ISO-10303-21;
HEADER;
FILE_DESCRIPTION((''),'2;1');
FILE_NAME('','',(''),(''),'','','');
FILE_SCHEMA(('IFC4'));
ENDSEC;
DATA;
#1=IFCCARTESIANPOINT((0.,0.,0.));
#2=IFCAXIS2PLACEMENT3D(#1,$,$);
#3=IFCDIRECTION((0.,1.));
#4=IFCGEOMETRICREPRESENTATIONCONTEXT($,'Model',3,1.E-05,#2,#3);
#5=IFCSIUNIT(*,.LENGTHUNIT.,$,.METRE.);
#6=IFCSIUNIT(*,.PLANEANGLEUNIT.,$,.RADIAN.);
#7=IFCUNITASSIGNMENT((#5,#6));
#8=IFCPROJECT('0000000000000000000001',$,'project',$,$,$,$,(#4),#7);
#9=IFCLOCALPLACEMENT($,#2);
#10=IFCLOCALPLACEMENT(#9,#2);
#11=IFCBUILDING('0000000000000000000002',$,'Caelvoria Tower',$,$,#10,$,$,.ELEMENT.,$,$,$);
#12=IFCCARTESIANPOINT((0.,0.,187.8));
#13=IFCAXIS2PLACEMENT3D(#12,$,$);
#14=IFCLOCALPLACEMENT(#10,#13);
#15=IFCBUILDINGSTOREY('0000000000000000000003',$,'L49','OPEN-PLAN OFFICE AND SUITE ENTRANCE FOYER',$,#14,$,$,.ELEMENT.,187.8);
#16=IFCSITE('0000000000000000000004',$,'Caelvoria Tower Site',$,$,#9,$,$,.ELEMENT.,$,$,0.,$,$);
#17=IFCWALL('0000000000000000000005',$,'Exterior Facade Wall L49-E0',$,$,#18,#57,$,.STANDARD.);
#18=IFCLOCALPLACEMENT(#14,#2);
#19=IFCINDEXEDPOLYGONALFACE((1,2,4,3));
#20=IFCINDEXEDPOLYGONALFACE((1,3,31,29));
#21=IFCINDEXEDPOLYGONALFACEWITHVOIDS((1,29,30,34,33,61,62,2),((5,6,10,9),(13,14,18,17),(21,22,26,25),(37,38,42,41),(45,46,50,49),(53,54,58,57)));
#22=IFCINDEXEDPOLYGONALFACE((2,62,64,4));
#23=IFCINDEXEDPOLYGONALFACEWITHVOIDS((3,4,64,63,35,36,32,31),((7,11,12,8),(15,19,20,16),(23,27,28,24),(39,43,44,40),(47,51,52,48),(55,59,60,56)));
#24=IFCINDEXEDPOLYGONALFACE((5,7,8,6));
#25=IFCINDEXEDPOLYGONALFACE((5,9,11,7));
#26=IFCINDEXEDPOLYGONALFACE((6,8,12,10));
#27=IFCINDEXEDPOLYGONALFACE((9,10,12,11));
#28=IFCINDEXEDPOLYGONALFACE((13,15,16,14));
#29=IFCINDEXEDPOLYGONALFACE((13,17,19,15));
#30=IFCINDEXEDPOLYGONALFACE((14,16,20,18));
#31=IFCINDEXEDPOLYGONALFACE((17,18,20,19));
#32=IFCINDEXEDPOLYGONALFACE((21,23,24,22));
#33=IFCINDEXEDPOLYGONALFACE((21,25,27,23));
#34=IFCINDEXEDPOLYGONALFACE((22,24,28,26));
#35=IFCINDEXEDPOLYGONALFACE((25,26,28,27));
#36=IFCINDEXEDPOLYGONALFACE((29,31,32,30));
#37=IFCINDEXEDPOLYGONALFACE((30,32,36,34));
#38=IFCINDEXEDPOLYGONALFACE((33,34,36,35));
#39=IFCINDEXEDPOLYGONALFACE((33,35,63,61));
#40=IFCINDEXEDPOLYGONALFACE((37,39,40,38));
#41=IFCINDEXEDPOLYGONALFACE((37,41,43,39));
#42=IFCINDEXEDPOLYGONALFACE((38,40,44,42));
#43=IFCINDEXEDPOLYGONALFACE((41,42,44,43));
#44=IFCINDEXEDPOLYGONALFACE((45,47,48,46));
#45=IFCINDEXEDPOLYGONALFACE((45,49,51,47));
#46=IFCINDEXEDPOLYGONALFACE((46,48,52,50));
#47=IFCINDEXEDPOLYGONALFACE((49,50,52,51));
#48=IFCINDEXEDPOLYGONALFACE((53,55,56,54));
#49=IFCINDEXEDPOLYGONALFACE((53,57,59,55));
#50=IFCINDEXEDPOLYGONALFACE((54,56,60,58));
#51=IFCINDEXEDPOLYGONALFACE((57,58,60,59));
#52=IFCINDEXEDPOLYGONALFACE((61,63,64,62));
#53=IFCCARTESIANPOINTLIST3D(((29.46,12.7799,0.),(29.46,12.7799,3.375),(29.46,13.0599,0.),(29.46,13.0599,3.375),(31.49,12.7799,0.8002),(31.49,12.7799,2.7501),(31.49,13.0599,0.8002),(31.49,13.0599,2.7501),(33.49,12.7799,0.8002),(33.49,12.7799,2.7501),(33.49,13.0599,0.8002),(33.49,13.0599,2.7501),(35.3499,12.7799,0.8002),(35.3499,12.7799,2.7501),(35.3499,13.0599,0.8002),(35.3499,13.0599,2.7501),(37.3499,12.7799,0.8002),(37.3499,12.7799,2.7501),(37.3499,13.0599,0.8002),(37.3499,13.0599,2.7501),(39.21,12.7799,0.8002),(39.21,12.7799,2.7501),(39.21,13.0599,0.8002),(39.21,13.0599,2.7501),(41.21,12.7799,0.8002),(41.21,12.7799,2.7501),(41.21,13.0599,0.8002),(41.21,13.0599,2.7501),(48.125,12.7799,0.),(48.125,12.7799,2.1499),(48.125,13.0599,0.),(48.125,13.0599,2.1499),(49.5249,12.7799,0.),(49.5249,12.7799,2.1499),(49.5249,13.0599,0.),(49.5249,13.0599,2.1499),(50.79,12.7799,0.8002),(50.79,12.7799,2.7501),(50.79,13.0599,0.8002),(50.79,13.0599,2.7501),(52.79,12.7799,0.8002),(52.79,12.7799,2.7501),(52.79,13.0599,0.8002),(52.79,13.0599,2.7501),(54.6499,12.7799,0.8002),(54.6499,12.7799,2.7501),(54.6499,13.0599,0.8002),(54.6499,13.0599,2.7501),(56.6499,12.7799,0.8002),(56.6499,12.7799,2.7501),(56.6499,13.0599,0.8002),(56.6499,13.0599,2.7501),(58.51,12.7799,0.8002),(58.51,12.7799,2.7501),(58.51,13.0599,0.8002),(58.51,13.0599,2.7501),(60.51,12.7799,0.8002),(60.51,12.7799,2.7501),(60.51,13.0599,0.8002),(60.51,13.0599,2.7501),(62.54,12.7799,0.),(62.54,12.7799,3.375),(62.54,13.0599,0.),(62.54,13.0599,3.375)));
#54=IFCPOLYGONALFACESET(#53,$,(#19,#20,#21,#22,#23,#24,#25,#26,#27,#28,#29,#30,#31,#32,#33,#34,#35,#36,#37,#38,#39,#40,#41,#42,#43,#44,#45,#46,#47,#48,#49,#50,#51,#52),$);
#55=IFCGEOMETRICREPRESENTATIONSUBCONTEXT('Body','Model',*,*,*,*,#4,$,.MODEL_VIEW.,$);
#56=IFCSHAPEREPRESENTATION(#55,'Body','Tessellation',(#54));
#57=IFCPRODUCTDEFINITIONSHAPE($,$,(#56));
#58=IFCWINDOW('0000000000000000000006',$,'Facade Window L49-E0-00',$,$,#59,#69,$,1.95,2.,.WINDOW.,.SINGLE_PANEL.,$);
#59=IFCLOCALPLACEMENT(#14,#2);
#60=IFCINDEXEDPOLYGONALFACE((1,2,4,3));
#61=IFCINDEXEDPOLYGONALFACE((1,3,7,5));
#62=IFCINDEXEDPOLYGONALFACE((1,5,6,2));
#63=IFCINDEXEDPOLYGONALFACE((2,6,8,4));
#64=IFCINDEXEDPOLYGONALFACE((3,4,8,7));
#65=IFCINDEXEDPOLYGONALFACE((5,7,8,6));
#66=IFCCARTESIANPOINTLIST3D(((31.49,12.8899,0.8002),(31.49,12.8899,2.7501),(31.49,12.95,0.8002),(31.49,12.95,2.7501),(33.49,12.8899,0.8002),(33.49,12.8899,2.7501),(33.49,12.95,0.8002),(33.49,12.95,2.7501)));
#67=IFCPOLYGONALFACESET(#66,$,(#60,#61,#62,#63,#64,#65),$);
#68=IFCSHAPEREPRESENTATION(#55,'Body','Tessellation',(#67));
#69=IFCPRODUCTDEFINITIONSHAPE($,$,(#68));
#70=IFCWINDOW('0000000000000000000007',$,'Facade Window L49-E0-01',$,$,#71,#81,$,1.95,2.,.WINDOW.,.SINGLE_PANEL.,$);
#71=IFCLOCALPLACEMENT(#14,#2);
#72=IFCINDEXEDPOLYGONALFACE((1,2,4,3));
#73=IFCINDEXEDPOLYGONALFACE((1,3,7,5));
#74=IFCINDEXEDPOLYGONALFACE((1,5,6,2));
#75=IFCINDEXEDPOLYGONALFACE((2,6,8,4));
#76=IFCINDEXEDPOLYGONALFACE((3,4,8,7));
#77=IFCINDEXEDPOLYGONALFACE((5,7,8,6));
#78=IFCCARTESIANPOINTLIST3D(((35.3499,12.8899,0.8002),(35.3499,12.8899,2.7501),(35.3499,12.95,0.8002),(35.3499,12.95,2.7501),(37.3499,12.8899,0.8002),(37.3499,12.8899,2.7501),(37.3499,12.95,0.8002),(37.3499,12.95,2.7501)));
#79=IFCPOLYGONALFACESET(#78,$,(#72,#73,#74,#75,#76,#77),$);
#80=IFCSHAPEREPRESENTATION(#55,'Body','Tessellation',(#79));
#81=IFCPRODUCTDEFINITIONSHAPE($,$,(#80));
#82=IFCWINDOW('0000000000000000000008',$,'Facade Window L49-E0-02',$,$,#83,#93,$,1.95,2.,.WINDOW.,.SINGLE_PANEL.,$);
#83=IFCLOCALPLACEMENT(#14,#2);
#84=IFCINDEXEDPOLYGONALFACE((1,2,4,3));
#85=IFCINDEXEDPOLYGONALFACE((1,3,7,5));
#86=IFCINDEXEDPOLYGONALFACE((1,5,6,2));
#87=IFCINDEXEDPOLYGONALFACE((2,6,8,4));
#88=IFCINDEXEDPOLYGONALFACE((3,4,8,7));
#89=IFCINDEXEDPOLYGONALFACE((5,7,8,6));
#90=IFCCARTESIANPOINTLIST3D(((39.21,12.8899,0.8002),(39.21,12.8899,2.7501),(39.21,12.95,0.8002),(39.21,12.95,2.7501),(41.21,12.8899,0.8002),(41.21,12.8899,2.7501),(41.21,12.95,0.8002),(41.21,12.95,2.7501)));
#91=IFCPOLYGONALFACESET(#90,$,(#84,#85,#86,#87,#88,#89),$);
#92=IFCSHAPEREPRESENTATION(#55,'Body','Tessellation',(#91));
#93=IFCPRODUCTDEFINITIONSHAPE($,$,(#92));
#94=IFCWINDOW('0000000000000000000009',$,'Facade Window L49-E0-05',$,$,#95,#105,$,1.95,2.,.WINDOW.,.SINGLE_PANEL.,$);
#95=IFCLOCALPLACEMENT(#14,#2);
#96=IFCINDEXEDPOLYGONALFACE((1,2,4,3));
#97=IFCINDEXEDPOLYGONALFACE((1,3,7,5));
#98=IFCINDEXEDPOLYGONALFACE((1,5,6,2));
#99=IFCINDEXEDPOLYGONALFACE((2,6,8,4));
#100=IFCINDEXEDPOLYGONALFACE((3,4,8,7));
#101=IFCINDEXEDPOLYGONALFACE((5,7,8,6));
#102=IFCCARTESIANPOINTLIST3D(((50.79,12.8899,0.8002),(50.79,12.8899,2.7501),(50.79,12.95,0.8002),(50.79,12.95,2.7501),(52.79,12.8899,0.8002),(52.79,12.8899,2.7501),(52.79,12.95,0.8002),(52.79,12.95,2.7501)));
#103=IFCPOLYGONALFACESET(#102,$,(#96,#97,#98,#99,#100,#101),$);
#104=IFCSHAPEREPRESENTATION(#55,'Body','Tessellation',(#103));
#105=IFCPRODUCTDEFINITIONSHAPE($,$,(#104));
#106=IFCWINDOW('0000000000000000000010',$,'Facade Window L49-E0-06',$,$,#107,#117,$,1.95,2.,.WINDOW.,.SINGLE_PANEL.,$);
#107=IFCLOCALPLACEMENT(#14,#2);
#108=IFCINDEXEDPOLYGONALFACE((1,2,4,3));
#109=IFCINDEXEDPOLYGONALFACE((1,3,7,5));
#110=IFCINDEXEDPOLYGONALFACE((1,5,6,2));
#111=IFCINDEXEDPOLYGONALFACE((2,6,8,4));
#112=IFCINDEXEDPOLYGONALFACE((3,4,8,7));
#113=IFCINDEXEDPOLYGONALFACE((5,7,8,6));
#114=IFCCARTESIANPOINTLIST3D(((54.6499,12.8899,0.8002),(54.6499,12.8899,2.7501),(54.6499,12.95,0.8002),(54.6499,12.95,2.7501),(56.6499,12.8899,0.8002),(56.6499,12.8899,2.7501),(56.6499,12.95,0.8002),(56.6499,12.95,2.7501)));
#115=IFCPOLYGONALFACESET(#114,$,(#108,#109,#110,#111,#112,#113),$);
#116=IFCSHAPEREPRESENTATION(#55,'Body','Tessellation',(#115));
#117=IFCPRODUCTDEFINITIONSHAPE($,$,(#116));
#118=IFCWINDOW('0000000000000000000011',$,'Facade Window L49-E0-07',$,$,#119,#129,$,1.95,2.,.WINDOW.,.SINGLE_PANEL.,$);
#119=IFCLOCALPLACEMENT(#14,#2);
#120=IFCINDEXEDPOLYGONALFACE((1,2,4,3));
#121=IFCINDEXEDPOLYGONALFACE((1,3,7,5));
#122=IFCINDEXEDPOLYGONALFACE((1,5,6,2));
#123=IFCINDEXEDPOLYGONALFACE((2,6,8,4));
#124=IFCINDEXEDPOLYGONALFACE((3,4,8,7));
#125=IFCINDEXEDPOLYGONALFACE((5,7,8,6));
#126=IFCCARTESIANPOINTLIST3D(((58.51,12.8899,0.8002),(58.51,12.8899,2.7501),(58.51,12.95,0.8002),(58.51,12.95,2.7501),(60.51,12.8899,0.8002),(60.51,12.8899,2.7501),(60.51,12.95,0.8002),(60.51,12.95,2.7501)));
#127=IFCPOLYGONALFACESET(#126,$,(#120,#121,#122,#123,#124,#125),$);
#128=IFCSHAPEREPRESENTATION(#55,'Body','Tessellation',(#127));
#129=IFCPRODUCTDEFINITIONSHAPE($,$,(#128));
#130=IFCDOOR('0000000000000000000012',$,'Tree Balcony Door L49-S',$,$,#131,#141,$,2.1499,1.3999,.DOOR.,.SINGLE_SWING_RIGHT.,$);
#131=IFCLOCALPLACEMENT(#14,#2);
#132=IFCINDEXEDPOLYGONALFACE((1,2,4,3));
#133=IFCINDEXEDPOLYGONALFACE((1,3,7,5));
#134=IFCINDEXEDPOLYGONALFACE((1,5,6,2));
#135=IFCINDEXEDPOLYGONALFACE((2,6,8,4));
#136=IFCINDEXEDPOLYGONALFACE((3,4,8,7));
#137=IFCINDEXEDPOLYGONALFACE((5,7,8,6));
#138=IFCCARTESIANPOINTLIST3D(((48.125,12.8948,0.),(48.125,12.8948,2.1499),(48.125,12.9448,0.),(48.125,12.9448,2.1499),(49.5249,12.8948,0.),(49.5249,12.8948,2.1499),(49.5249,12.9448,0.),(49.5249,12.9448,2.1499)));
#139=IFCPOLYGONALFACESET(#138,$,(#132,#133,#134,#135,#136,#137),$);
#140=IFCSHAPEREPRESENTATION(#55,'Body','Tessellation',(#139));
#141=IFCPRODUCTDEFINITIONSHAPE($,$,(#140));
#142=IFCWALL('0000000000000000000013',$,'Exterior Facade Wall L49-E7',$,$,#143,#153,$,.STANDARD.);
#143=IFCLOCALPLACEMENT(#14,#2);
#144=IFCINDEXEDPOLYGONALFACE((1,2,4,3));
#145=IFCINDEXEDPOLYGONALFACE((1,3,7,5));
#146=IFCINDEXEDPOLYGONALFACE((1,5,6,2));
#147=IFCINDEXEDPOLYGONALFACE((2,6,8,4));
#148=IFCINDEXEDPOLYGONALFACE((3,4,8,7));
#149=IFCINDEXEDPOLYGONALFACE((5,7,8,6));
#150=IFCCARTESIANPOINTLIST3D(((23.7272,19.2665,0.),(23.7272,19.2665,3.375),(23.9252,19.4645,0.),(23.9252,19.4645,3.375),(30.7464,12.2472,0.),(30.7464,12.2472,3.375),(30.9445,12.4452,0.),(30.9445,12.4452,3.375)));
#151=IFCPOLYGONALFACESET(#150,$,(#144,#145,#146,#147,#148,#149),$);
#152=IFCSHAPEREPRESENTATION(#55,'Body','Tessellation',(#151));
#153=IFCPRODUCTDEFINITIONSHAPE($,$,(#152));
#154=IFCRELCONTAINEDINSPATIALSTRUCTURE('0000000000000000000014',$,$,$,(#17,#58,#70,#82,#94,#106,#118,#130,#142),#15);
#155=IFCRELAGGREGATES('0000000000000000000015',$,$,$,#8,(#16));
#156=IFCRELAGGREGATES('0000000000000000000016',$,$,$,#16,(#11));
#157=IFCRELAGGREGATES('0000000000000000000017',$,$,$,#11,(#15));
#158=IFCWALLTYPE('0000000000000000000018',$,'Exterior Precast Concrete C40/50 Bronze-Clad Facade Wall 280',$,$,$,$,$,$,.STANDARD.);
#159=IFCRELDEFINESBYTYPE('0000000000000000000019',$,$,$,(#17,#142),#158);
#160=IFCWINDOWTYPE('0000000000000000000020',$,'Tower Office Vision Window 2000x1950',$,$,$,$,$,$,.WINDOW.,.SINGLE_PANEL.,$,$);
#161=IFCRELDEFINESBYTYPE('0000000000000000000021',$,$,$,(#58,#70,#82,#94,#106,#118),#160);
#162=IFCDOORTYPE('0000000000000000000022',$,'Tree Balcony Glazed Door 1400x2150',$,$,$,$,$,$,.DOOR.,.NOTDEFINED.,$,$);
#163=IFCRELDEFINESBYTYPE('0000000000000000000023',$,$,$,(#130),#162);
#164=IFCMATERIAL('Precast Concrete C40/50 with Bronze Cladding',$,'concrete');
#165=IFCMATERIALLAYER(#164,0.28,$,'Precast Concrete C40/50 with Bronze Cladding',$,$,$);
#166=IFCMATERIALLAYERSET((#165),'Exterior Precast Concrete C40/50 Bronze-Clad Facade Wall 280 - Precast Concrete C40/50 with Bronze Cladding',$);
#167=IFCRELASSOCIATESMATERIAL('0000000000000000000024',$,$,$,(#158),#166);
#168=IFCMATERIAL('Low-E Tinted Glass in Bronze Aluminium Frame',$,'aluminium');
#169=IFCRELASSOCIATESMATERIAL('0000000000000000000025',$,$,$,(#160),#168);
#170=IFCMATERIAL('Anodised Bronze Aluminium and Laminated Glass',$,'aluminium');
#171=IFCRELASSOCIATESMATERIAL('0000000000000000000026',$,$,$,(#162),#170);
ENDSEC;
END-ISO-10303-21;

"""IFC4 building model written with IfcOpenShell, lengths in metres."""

from ifc_helpers import new_model, si_unit, direction, frame, frame_2d, origin, place, context, subcontext, project, spatial, rectangle, extrude, material, layer, layer_set, type_object, element, fill, save


model = new_model("IFC4")

# Units and contexts
model_context = context("Model", 3, precision=1e-05, world=origin(), true_north=direction((0.0, 1.0)))
body_context = subcontext(model_context, "Body", "Model", "MODEL_VIEW")
ifc_project = project(units=[si_unit("LENGTHUNIT", "METRE"), si_unit("PLANEANGLEUNIT", "RADIAN")], contexts=[model_context])

# Site, building, storey
site_placement = place(None, origin())
site = spatial("IfcSite", under=ifc_project, at=site_placement, Name="Caelvoria Tower Site", CompositionType="ELEMENT", RefElevation=0.0)
building_placement = place(site_placement, origin())
building = spatial("IfcBuilding", under=site, at=building_placement, Name="Caelvoria Tower", CompositionType="ELEMENT")
storey_placement = place(building_placement, frame((0.0, 0.0, 187.8)))
storey = spatial("IfcBuildingStorey", under=building, at=storey_placement, Name="L49", Description="OPEN-PLAN OFFICE AND SUITE ENTRANCE FOYER", CompositionType="ELEMENT", Elevation=187.8)

# Wall, openings, windows, door
ifc_material_1 = material(Name="Precast Concrete C40/50 with Bronze Cladding", Category="concrete")
ifc_layer_1 = layer(ifc_material_1, 0.28, Name="Precast Concrete C40/50 with Bronze Cladding")
ifc_layer_set_1 = layer_set([ifc_layer_1], Name="Exterior Precast Concrete C40/50 Bronze-Clad Facade Wall 280 - Precast Concrete C40/50 with Bronze Cladding")
wall_type = type_object("IfcWallType", Name="Exterior Precast Concrete C40/50 Bronze-Clad Facade Wall 280", PredefinedType="STANDARD", material=ifc_layer_set_1)
wall_1_placement = place(storey_placement, frame((29.46, 12.9199, 0.0), z_axis=(0.0, 0.0, 1.0), x_axis=(1.0, 0.0, 0.0)))
wall_1 = element("IfcWall", 1, at=wall_1_placement, inside=storey, type_object=wall_type, Name="Exterior Facade Wall L49-E0", PredefinedType="STANDARD", context=body_context, shape_type="SweptSolid", body=[
    extrude(rectangle(XDim=33.0801, YDim=0.28, at=frame_2d((16.54, 0.0))), origin(), (0.0, 0.0, 1.0), 3.375),
])
opening_1_placement = place(wall_1_placement, frame((18.665, 0.0, 0.0)))
opening_1 = element("IfcOpeningElement", 2, at=opening_1_placement, cuts=wall_1, PredefinedType="OPENING", context=body_context, shape_type="SweptSolid", body=[
    extrude(rectangle(XDim=1.3999, YDim=2.1499, at=frame_2d((0.7, 1.075))), frame((0.0, 0.1499, 0.0), z_axis=(0.0, -1.0, 0.0), x_axis=(1.0, 0.0, 0.0)), (0.0, 0.0, 1.0), 0.3),
])
opening_2_placement = place(wall_1_placement, frame((2.03, 0.0, 0.8)))
opening_2 = element("IfcOpeningElement", 3, at=opening_2_placement, cuts=wall_1, PredefinedType="OPENING", context=body_context, shape_type="SweptSolid", body=[
    extrude(rectangle(XDim=2.0, YDim=1.95, at=frame_2d((1.0, 0.9751))), frame((0.0, 0.1499, 0.0), z_axis=(0.0, -1.0, 0.0), x_axis=(1.0, 0.0, 0.0)), (0.0, 0.0, 1.0), 0.3),
])
opening_3_placement = place(wall_1_placement, frame((5.8899, 0.0, 0.8)))
opening_3 = element("IfcOpeningElement", 4, at=opening_3_placement, cuts=wall_1, PredefinedType="OPENING", context=body_context, shape_type="SweptSolid", body=[
    extrude(rectangle(XDim=2.0, YDim=1.95, at=frame_2d((1.0, 0.9751))), frame((0.0, 0.1499, 0.0), z_axis=(0.0, -1.0, 0.0), x_axis=(1.0, 0.0, 0.0)), (0.0, 0.0, 1.0), 0.3),
])
opening_4_placement = place(wall_1_placement, frame((9.75, 0.0, 0.8)))
opening_4 = element("IfcOpeningElement", 5, at=opening_4_placement, cuts=wall_1, PredefinedType="OPENING", context=body_context, shape_type="SweptSolid", body=[
    extrude(rectangle(XDim=2.0, YDim=1.95, at=frame_2d((1.0, 0.9751))), frame((0.0, 0.1499, 0.0), z_axis=(0.0, -1.0, 0.0), x_axis=(1.0, 0.0, 0.0)), (0.0, 0.0, 1.0), 0.3),
])
opening_5_placement = place(wall_1_placement, frame((21.3301, 0.0, 0.8)))
opening_5 = element("IfcOpeningElement", 6, at=opening_5_placement, cuts=wall_1, PredefinedType="OPENING", context=body_context, shape_type="SweptSolid", body=[
    extrude(rectangle(XDim=2.0, YDim=1.95, at=frame_2d((1.0, 0.9751))), frame((0.0, 0.1499, 0.0), z_axis=(0.0, -1.0, 0.0), x_axis=(1.0, 0.0, 0.0)), (0.0, 0.0, 1.0), 0.3),
])
opening_6_placement = place(wall_1_placement, frame((25.1899, 0.0, 0.8)))
opening_6 = element("IfcOpeningElement", 7, at=opening_6_placement, cuts=wall_1, PredefinedType="OPENING", context=body_context, shape_type="SweptSolid", body=[
    extrude(rectangle(XDim=2.0, YDim=1.95, at=frame_2d((1.0, 0.9751))), frame((0.0, 0.1499, 0.0), z_axis=(0.0, -1.0, 0.0), x_axis=(1.0, 0.0, 0.0)), (0.0, 0.0, 1.0), 0.3),
])
opening_7_placement = place(wall_1_placement, frame((29.05, 0.0, 0.8)))
opening_7 = element("IfcOpeningElement", 8, at=opening_7_placement, cuts=wall_1, PredefinedType="OPENING", context=body_context, shape_type="SweptSolid", body=[
    extrude(rectangle(XDim=2.0, YDim=1.95, at=frame_2d((1.0, 0.9751))), frame((0.0, 0.1499, 0.0), z_axis=(0.0, -1.0, 0.0), x_axis=(1.0, 0.0, 0.0)), (0.0, 0.0, 1.0), 0.3),
])
ifc_material_2 = material(Name="Low-E Tinted Glass in Bronze Aluminium Frame", Category="aluminium")
window_type = type_object("IfcWindowType", Name="Tower Office Vision Window 2000x1950", PartitioningType="SINGLE_PANEL", PredefinedType="WINDOW", material=ifc_material_2)
window_1_placement = place(opening_2_placement, origin())
window_1 = element("IfcWindow", 9, at=window_1_placement, inside=storey, type_object=window_type, Name="Facade Window L49-E0-00", OverallHeight=1.95, OverallWidth=2.0, PartitioningType="SINGLE_PANEL", PredefinedType="WINDOW", context=body_context, shape_type="SweptSolid", body=[
    extrude(rectangle(XDim=2.0, YDim=1.95, at=frame_2d((1.0, 0.9751))), frame((0.0, 0.03, 0.0), z_axis=(0.0, -1.0, 0.0), x_axis=(1.0, 0.0, 0.0)), (0.0, 0.0, 1.0), 0.0601),
])
fill(opening_2, window_1)
window_2_placement = place(opening_3_placement, origin())
window_2 = element("IfcWindow", 10, at=window_2_placement, inside=storey, type_object=window_type, Name="Facade Window L49-E0-01", OverallHeight=1.95, OverallWidth=2.0, PartitioningType="SINGLE_PANEL", PredefinedType="WINDOW", context=body_context, shape_type="SweptSolid", body=[
    extrude(rectangle(XDim=2.0, YDim=1.95, at=frame_2d((1.0, 0.9751))), frame((0.0, 0.03, 0.0), z_axis=(0.0, -1.0, 0.0), x_axis=(1.0, 0.0, 0.0)), (0.0, 0.0, 1.0), 0.0601),
])
fill(opening_3, window_2)
window_3_placement = place(opening_4_placement, origin())
window_3 = element("IfcWindow", 11, at=window_3_placement, inside=storey, type_object=window_type, Name="Facade Window L49-E0-02", OverallHeight=1.95, OverallWidth=2.0, PartitioningType="SINGLE_PANEL", PredefinedType="WINDOW", context=body_context, shape_type="SweptSolid", body=[
    extrude(rectangle(XDim=2.0, YDim=1.95, at=frame_2d((1.0, 0.9751))), frame((0.0, 0.03, 0.0), z_axis=(0.0, -1.0, 0.0), x_axis=(1.0, 0.0, 0.0)), (0.0, 0.0, 1.0), 0.0601),
])
fill(opening_4, window_3)
window_4_placement = place(opening_5_placement, origin())
window_4 = element("IfcWindow", 12, at=window_4_placement, inside=storey, type_object=window_type, Name="Facade Window L49-E0-05", OverallHeight=1.95, OverallWidth=2.0, PartitioningType="SINGLE_PANEL", PredefinedType="WINDOW", context=body_context, shape_type="SweptSolid", body=[
    extrude(rectangle(XDim=2.0, YDim=1.95, at=frame_2d((1.0, 0.9751))), frame((0.0, 0.03, 0.0), z_axis=(0.0, -1.0, 0.0), x_axis=(1.0, 0.0, 0.0)), (0.0, 0.0, 1.0), 0.0601),
])
fill(opening_5, window_4)
window_5_placement = place(opening_6_placement, origin())
window_5 = element("IfcWindow", 13, at=window_5_placement, inside=storey, type_object=window_type, Name="Facade Window L49-E0-06", OverallHeight=1.95, OverallWidth=2.0, PartitioningType="SINGLE_PANEL", PredefinedType="WINDOW", context=body_context, shape_type="SweptSolid", body=[
    extrude(rectangle(XDim=2.0, YDim=1.95, at=frame_2d((1.0, 0.9751))), frame((0.0, 0.03, 0.0), z_axis=(0.0, -1.0, 0.0), x_axis=(1.0, 0.0, 0.0)), (0.0, 0.0, 1.0), 0.0601),
])
fill(opening_6, window_5)
window_6_placement = place(opening_7_placement, origin())
window_6 = element("IfcWindow", 14, at=window_6_placement, inside=storey, type_object=window_type, Name="Facade Window L49-E0-07", OverallHeight=1.95, OverallWidth=2.0, PartitioningType="SINGLE_PANEL", PredefinedType="WINDOW", context=body_context, shape_type="SweptSolid", body=[
    extrude(rectangle(XDim=2.0, YDim=1.95, at=frame_2d((1.0, 0.9751))), frame((0.0, 0.03, 0.0), z_axis=(0.0, -1.0, 0.0), x_axis=(1.0, 0.0, 0.0)), (0.0, 0.0, 1.0), 0.0601),
])
fill(opening_7, window_6)
ifc_material_3 = material(Name="Anodised Bronze Aluminium and Laminated Glass", Category="aluminium")
door_type = type_object("IfcDoorType", Name="Tree Balcony Glazed Door 1400x2150", OperationType="NOTDEFINED", PredefinedType="DOOR", material=ifc_material_3)
door_placement = place(opening_1_placement, origin())
door = element("IfcDoor", 15, at=door_placement, inside=storey, type_object=door_type, Name="Tree Balcony Door L49-S", OperationType="SINGLE_SWING_RIGHT", OverallHeight=2.1499, OverallWidth=1.3999, PredefinedType="DOOR", context=body_context, shape_type="SweptSolid", body=[
    extrude(rectangle(XDim=1.3999, YDim=2.1499, at=frame_2d((0.7, 1.075))), frame((0.0, 0.0249, 0.0), z_axis=(0.0, -1.0, 0.0), x_axis=(1.0, 0.0, 0.0)), (0.0, 0.0, 1.0), 0.05),
])
fill(opening_1, door)

# Wall
wall_2_placement = place(storey_placement, frame((23.8262, 19.3655, 0.0), z_axis=(0.0, 0.0, 1.0), x_axis=(0.707107, -0.707107, 0.0)))
element("IfcWall", 16, at=wall_2_placement, inside=storey, type_object=wall_type, Name="Exterior Facade Wall L49-E7", PredefinedType="STANDARD", context=body_context, shape_type="SweptSolid", body=[
    extrude(rectangle(XDim=9.9268, YDim=0.28, at=frame_2d((4.9634, 0.0))), origin(), (0.0, 0.0, 1.0), 3.375),
])

save(model, "model.ifc")
